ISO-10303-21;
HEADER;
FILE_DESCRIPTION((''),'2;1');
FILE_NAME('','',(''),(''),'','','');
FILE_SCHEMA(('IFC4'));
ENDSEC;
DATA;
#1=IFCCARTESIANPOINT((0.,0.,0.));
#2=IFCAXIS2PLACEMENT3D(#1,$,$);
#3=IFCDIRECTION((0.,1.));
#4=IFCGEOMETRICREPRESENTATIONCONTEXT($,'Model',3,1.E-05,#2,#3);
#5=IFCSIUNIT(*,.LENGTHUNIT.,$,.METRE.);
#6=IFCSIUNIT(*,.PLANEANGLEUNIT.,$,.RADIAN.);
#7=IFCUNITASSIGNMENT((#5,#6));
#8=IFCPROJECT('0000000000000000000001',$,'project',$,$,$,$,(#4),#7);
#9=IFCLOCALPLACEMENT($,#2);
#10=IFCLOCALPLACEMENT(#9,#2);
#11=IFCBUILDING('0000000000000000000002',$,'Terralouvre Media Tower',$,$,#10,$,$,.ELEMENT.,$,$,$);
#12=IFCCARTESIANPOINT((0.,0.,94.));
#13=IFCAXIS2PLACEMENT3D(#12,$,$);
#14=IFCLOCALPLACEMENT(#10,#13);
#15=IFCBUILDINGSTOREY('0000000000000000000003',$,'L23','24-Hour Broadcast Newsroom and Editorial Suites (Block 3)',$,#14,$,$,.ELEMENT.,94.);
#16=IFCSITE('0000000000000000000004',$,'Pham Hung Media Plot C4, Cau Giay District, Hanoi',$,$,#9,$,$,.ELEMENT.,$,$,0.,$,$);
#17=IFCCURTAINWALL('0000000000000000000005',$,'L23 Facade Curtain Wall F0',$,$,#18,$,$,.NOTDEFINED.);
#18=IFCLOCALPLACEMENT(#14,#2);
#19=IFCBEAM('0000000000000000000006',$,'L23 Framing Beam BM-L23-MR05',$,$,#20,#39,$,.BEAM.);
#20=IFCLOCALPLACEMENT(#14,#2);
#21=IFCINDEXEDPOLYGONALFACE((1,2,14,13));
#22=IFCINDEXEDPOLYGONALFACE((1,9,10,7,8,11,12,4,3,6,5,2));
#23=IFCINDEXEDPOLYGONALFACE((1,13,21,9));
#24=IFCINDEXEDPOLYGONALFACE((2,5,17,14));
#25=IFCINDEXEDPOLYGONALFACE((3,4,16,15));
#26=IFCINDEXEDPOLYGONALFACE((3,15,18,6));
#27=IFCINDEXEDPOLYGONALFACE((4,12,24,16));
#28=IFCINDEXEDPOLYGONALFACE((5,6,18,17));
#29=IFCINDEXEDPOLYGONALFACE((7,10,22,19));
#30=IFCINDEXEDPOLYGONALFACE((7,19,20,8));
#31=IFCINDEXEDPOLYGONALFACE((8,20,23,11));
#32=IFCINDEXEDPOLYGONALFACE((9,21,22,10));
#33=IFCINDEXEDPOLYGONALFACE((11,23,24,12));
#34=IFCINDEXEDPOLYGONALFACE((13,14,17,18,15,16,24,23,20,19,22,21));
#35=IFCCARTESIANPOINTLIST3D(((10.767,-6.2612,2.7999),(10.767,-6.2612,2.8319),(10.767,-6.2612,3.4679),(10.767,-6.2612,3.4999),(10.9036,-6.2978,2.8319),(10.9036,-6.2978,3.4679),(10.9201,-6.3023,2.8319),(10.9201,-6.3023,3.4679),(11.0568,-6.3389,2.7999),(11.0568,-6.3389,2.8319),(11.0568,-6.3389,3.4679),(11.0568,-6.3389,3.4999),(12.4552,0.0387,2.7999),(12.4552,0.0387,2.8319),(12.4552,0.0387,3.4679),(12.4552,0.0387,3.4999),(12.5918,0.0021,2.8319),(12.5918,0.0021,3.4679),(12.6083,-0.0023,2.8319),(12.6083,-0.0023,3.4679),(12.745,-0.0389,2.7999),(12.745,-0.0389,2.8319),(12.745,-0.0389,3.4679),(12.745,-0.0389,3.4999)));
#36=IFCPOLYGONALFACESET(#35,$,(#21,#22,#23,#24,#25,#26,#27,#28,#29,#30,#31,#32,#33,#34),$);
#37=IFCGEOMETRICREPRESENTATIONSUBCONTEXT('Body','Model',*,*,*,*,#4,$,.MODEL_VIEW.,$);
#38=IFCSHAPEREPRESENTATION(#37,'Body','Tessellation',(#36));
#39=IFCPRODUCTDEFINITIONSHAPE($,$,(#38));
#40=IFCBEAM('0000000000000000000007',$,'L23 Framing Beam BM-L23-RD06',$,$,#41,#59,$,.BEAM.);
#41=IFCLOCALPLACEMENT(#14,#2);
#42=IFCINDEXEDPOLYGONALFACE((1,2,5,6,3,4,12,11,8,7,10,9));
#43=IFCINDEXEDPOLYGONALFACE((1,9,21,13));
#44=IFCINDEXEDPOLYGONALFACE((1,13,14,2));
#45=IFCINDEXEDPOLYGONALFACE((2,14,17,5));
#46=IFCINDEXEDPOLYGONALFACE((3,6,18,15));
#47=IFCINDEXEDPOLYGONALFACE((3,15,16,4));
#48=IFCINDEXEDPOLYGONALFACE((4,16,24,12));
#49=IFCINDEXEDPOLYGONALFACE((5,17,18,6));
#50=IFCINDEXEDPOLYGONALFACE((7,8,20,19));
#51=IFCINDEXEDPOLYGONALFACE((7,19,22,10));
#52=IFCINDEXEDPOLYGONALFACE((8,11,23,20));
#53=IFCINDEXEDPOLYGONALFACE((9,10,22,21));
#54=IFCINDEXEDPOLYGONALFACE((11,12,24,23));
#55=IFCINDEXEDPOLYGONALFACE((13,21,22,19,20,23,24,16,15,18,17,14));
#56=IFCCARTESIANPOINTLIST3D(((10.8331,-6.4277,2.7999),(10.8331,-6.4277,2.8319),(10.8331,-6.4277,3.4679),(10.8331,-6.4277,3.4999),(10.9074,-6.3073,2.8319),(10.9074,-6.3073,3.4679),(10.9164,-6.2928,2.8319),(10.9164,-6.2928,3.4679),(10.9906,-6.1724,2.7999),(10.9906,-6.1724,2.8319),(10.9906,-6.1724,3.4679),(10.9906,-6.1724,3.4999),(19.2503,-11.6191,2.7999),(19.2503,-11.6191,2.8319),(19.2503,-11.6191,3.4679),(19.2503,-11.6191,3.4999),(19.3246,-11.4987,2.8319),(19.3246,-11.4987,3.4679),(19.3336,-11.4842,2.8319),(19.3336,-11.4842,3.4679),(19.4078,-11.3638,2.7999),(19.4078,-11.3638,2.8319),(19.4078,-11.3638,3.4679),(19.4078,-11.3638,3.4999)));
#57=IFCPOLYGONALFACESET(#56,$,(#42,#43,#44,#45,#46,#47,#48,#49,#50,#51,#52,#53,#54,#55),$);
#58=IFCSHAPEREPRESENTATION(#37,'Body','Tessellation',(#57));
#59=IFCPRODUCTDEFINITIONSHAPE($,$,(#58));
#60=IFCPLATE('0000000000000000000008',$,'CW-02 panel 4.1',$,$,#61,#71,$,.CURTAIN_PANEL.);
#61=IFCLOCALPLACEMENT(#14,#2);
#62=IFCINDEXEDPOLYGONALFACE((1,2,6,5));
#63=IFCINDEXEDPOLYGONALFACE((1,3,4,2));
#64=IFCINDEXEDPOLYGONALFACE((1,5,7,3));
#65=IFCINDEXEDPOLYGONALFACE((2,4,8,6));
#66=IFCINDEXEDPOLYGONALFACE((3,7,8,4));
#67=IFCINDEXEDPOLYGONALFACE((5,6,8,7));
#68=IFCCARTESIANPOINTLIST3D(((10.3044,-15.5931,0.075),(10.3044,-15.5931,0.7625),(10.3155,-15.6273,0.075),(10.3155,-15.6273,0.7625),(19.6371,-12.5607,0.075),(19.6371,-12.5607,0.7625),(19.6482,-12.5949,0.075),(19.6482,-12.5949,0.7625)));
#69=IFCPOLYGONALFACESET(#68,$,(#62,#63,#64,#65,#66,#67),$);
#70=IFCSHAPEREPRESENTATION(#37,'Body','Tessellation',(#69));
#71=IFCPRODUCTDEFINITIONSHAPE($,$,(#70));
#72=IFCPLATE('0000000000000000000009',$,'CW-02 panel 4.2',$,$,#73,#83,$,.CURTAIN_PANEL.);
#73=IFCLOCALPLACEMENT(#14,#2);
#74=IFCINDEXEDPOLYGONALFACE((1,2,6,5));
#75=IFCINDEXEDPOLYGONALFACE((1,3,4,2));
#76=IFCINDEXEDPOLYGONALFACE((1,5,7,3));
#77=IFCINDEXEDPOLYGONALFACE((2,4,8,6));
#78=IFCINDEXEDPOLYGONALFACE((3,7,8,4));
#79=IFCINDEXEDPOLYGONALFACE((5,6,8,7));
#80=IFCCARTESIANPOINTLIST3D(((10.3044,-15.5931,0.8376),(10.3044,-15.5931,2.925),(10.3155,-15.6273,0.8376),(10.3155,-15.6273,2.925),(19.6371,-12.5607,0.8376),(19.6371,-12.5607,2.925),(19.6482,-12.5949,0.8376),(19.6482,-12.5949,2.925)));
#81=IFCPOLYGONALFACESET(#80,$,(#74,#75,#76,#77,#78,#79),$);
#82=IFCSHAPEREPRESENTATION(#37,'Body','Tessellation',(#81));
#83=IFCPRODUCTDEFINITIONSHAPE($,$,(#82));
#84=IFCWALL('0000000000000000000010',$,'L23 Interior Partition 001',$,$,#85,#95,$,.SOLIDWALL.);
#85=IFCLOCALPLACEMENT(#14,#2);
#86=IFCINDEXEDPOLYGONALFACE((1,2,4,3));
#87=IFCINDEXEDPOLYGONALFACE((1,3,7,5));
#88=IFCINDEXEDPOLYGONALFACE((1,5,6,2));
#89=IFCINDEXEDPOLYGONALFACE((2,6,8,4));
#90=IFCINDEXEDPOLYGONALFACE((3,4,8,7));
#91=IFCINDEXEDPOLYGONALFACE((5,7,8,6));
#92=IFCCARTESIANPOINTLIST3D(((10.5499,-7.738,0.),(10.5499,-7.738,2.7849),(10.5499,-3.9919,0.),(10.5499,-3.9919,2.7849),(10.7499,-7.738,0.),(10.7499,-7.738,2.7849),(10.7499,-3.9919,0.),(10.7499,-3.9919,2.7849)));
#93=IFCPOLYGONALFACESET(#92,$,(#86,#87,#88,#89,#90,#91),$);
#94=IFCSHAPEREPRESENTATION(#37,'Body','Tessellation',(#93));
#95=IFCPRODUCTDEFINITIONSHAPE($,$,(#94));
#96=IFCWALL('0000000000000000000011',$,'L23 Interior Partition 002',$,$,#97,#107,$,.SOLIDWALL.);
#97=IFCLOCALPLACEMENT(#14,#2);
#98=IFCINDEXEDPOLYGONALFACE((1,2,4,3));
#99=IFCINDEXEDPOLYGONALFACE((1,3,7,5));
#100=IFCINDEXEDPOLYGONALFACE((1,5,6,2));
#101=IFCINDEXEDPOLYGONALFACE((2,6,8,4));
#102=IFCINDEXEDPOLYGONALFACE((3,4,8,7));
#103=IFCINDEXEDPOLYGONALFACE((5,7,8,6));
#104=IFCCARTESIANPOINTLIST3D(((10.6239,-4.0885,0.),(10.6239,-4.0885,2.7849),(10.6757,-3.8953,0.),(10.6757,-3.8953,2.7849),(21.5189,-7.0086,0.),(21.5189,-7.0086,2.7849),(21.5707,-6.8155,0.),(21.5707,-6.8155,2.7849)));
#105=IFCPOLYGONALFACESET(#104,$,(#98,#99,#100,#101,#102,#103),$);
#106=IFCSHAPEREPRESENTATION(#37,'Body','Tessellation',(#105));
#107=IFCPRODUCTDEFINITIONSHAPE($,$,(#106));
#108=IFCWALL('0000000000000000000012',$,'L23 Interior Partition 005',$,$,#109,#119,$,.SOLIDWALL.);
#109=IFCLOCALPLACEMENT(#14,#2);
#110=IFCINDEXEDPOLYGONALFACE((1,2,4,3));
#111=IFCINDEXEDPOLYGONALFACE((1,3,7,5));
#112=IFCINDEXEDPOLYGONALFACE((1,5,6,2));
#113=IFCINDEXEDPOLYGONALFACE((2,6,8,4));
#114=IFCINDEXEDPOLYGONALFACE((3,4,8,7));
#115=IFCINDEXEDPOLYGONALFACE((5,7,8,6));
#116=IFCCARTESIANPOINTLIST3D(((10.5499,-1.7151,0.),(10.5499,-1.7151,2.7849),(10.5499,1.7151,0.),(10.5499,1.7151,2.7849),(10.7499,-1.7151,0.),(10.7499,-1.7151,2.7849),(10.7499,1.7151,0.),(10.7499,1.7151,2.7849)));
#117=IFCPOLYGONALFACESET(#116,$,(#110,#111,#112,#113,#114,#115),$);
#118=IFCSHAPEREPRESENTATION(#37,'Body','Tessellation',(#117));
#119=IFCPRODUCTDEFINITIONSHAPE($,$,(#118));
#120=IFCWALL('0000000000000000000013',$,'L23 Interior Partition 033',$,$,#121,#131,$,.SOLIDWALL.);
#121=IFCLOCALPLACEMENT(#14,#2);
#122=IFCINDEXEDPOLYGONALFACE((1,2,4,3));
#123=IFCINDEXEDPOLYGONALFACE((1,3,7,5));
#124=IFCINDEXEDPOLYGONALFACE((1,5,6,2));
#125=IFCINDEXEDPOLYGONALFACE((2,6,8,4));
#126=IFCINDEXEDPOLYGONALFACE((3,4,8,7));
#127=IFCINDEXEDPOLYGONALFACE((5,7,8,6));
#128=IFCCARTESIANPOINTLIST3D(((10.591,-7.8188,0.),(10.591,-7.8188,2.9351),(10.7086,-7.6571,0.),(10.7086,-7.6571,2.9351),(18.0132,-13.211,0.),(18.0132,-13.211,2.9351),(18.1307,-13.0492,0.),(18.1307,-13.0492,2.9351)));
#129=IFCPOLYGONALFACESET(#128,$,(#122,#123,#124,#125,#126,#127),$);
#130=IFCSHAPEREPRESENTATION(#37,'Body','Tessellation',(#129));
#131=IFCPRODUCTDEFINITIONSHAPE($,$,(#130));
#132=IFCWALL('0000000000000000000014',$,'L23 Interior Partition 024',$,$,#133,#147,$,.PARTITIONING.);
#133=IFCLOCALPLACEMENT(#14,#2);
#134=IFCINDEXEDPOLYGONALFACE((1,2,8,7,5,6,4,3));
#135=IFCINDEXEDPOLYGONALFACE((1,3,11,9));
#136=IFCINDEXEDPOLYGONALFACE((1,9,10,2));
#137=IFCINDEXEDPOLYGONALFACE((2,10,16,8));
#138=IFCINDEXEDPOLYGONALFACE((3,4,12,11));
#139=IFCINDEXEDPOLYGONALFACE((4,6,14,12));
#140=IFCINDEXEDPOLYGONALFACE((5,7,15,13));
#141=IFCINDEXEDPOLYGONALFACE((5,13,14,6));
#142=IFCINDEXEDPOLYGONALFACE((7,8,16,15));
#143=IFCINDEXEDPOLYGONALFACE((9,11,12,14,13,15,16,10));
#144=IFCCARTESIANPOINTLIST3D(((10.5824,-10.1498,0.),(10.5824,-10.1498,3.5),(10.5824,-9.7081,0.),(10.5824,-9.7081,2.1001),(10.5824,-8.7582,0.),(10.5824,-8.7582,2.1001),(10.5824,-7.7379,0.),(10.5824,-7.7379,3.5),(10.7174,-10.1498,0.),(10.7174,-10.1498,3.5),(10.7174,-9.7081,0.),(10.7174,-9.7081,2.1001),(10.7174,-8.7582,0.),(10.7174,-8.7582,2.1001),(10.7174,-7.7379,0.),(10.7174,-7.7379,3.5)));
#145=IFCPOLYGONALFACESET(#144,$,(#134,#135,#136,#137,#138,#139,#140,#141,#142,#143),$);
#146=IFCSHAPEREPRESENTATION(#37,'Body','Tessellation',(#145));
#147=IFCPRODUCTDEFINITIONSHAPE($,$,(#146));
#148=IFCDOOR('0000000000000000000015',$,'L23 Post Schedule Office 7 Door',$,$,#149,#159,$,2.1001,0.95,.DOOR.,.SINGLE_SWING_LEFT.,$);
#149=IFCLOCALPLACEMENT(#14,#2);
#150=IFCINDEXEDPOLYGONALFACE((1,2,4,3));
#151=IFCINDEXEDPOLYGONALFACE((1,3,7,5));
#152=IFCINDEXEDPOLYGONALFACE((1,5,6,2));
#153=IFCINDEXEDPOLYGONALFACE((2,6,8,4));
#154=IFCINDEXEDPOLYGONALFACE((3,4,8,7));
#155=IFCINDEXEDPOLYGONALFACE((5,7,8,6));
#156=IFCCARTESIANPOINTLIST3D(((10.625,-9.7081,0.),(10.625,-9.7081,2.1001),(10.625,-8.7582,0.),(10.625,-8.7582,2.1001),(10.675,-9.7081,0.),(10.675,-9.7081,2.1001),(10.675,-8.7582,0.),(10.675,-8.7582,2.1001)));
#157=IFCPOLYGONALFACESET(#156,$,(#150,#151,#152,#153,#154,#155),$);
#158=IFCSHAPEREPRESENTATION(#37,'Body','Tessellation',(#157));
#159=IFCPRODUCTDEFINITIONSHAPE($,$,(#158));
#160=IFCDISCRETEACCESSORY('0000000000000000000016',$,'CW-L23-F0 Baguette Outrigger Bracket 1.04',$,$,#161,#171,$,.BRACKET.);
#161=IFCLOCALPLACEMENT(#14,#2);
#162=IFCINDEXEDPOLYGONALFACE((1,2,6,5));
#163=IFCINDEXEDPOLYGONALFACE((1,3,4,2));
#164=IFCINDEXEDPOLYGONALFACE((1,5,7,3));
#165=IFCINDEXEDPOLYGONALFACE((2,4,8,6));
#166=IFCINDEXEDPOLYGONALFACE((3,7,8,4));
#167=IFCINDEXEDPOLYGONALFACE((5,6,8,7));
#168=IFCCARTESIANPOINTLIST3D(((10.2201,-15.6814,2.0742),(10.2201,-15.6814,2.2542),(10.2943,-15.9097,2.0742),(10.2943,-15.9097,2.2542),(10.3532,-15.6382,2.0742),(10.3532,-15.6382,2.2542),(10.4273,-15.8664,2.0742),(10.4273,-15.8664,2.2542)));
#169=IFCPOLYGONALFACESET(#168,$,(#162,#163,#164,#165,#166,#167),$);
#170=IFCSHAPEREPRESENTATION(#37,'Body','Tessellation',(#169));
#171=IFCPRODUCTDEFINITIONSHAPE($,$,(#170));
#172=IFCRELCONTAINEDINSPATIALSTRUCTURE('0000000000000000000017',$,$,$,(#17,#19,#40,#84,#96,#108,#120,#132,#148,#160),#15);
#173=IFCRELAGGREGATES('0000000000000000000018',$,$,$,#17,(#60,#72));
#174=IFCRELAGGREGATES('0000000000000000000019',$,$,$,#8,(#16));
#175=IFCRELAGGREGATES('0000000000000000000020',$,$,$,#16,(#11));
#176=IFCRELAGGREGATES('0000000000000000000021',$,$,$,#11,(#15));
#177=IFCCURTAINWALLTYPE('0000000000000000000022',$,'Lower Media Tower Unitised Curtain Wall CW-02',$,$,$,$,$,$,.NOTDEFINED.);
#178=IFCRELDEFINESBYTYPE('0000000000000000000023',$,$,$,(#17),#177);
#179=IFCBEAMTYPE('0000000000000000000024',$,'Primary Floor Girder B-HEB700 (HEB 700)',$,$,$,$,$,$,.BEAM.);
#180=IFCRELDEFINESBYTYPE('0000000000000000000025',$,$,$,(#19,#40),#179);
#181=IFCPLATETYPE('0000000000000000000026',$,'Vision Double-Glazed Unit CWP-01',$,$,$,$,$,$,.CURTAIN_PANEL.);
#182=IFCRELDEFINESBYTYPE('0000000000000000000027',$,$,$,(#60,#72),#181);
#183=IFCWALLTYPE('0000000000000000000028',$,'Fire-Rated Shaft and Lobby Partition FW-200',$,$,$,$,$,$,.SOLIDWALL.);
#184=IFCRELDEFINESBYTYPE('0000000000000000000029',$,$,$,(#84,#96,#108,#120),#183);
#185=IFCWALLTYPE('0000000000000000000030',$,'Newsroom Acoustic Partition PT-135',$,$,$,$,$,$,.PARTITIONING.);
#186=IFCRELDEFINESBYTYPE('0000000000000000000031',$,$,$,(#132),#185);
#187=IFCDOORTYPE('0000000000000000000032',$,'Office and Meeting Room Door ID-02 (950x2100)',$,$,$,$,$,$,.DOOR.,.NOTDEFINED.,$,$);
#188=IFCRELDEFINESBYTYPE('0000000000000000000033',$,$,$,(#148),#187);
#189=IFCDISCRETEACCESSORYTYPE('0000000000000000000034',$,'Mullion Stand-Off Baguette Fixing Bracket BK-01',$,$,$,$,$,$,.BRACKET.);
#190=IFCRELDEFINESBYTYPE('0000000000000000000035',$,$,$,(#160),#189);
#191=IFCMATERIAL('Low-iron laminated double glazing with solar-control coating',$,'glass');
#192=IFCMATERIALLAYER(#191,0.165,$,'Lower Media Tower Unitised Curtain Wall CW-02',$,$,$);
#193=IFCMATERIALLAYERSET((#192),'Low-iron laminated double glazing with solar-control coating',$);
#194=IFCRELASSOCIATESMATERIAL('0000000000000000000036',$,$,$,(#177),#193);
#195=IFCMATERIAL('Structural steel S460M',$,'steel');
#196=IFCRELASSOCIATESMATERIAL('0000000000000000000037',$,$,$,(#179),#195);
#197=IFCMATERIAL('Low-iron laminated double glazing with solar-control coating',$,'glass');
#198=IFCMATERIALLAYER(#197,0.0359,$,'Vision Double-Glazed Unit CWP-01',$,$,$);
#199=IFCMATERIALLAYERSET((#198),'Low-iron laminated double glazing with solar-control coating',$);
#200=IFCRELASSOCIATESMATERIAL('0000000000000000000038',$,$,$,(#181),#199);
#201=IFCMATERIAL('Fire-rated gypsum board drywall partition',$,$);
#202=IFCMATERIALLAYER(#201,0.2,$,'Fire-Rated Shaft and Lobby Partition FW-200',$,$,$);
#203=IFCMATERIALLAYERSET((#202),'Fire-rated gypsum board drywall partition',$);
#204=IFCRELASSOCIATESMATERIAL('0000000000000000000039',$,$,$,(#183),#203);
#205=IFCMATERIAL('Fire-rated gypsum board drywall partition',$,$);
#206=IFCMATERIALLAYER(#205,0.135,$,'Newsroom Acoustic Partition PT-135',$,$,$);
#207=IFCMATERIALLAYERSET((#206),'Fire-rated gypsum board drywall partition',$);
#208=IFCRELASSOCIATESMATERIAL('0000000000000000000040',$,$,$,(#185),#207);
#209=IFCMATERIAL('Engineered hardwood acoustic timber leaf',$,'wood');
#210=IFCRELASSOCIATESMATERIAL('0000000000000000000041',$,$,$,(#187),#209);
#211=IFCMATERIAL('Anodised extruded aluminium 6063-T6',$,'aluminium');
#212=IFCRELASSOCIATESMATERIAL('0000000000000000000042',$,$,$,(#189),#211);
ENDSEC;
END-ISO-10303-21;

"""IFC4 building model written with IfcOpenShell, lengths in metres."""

from ifc_helpers import new_model, si_unit, direction, frame, frame_2d, origin, origin_2d, place, context, subcontext, project, spatial, rectangle, i_section, extrude, material, layer, layer_set, material_profile, profile_set, type_object, element, fill, aggregate, save


model = new_model("IFC4")

# Units and contexts
model_context = context("Model", 3, precision=1e-05, world=origin(), true_north=direction((0.0, 1.0)))
body_context = subcontext(model_context, "Body", "Model", "MODEL_VIEW")
ifc_project = project(units=[si_unit("LENGTHUNIT", "METRE"), si_unit("PLANEANGLEUNIT", "RADIAN")], contexts=[model_context])

# Site, building, storey
site_placement = place(None, origin())
site = spatial("IfcSite", under=ifc_project, at=site_placement, Name="Pham Hung Media Plot C4, Cau Giay District, Hanoi", CompositionType="ELEMENT", RefElevation=0.0)
building_placement = place(site_placement, origin())
building = spatial("IfcBuilding", under=site, at=building_placement, Name="Terralouvre Media Tower", CompositionType="ELEMENT")
storey_placement = place(building_placement, frame((0.0, 0.0, 94.0)))
storey = spatial("IfcBuildingStorey", under=building, at=storey_placement, Name="L23", Description="24-Hour Broadcast Newsroom and Editorial Suites (Block 3)", CompositionType="ELEMENT", Elevation=94.0)

# Curtain wall
ifc_material_1 = material(Name="Low-iron laminated double glazing with solar-control coating", Category="glass")
ifc_layer_1 = layer(ifc_material_1, 0.165, Name="Lower Media Tower Unitised Curtain Wall CW-02")
ifc_layer_set_1 = layer_set([ifc_layer_1], Name="Low-iron laminated double glazing with solar-control coating")
curtain_wall_type = type_object("IfcCurtainWallType", Name="Lower Media Tower Unitised Curtain Wall CW-02", PredefinedType="NOTDEFINED", material=ifc_layer_set_1)
curtain_wall_placement = place(storey_placement, origin())
curtain_wall = element("IfcCurtainWall", 1, at=curtain_wall_placement, inside=storey, type_object=curtain_wall_type, Name="L23 Facade Curtain Wall F0", PredefinedType="NOTDEFINED")

# Beams
ifc_material_2 = material(Name="Structural steel S460M", Category="steel")
ifc_material_profile_1 = material_profile(ifc_material_2, i_section(OverallWidth=0.3, OverallDepth=0.7, WebThickness=0.0171, FlangeThickness=0.032, at=origin_2d()), Name="HEB 700")
ifc_profile_set_1 = profile_set([ifc_material_profile_1], Name="Structural steel S460M")
beam_type_1 = type_object("IfcBeamType", Name="Primary Floor Girder B-HEB700 (HEB 700)", PredefinedType="BEAM", material=ifc_profile_set_1)
beam_1_placement = place(storey_placement, frame((10.9119, -6.3, 3.1499), z_axis=(0.258839, 0.96592, 0.0), x_axis=(-0.96592, 0.258839, 0.0)))
element("IfcBeam", 2, at=beam_1_placement, inside=storey, type_object=beam_type_1, Name="L23 Framing Beam BM-L23-MR05", PredefinedType="BEAM", context=body_context, shape_type="SweptSolid", body=[
    extrude(i_section(OverallWidth=0.3, OverallDepth=0.7, WebThickness=0.0171, FlangeThickness=0.032, at=origin_2d()), origin(), (0.0, 0.0, 1.0), 6.5222),
])
beam_2_placement = place(storey_placement, frame((10.9119, -6.3, 3.1499), z_axis=(0.851136, -0.524946, 0.0), x_axis=(0.524946, 0.851136, 0.0)))
element("IfcBeam", 3, at=beam_2_placement, inside=storey, type_object=beam_type_1, Name="L23 Framing Beam BM-L23-RD06", PredefinedType="BEAM", context=body_context, shape_type="SweptSolid", body=[
    extrude(i_section(OverallWidth=0.3, OverallDepth=0.7, WebThickness=0.0171, FlangeThickness=0.032, at=origin_2d()), origin(), (0.0, 0.0, 1.0), 9.8894),
])

# Plates
ifc_material_3 = material(Name="Low-iron laminated double glazing with solar-control coating", Category="glass")
ifc_layer_2 = layer(ifc_material_3, 0.0359, Name="Vision Double-Glazed Unit CWP-01")
ifc_layer_set_2 = layer_set([ifc_layer_2], Name="Low-iron laminated double glazing with solar-control coating")
plate_type = type_object("IfcPlateType", Name="Vision Double-Glazed Unit CWP-01", PredefinedType="CURTAIN_PANEL", material=ifc_layer_set_2)
plate_1_placement = place(storey_placement, frame((14.9763, -14.094, 0.075), z_axis=(0.0, 0.0, 1.0), x_axis=(0.951057, 0.309017, 0.0)))
plate_1 = element("IfcPlate", 4, at=plate_1_placement, type_object=plate_type, Name="CW-02 panel 4.1", PredefinedType="CURTAIN_PANEL", context=body_context, shape_type="SweptSolid", body=[
    extrude(rectangle(XDim=9.813, YDim=0.0359, at=origin_2d()), origin(), (0.0, 0.0, 1.0), 0.6875),
])
plate_2_placement = place(storey_placement, frame((14.9763, -14.094, 0.8376), z_axis=(0.0, 0.0, 1.0), x_axis=(0.951057, 0.309017, 0.0)))
plate_2 = element("IfcPlate", 5, at=plate_2_placement, type_object=plate_type, Name="CW-02 panel 4.2", PredefinedType="CURTAIN_PANEL", context=body_context, shape_type="SweptSolid", body=[
    extrude(rectangle(XDim=9.813, YDim=0.0359, at=origin_2d()), origin(), (0.0, 0.0, 1.0), 2.0874),
])
aggregate(curtain_wall, [plate_1, plate_2])

# Walls
ifc_material_4 = material(Name="Fire-rated gypsum board drywall partition")
ifc_layer_3 = layer(ifc_material_4, 0.2, Name="Fire-Rated Shaft and Lobby Partition FW-200")
ifc_layer_set_3 = layer_set([ifc_layer_3], Name="Fire-rated gypsum board drywall partition")
wall_type_1 = type_object("IfcWallType", Name="Fire-Rated Shaft and Lobby Partition FW-200", PredefinedType="SOLIDWALL", material=ifc_layer_set_3)
wall_1_placement = place(storey_placement, frame((10.6499, -7.738, 0.0), z_axis=(0.0, 0.0, 1.0), x_axis=(0.0, 1.0, 0.0)))
element("IfcWall", 6, at=wall_1_placement, inside=storey, type_object=wall_type_1, Name="L23 Interior Partition 001", PredefinedType="SOLIDWALL", context=body_context, shape_type="SweptSolid", body=[
    extrude(rectangle(XDim=3.7461, YDim=0.2, at=frame_2d((1.873, 0.0))), origin(), (0.0, 0.0, 1.0), 2.7849),
])
wall_2_placement = place(storey_placement, frame((10.6499, -3.9919, 0.0), z_axis=(0.0, 0.0, 1.0), x_axis=(0.965907, -0.25889, 0.0)))
element("IfcWall", 7, at=wall_2_placement, inside=storey, type_object=wall_type_1, Name="L23 Interior Partition 002", PredefinedType="SOLIDWALL", context=body_context, shape_type="SweptSolid", body=[
    extrude(rectangle(XDim=11.2795, YDim=0.2, at=frame_2d((5.6396, 0.0))), origin(), (0.0, 0.0, 1.0), 2.7849),
])
wall_3_placement = place(storey_placement, frame((10.6499, -1.7151, 0.0), z_axis=(0.0, 0.0, 1.0), x_axis=(0.0, 1.0, 0.0)))
element("IfcWall", 8, at=wall_3_placement, inside=storey, type_object=wall_type_1, Name="L23 Interior Partition 005", PredefinedType="SOLIDWALL", context=body_context, shape_type="SweptSolid", body=[
    extrude(rectangle(XDim=3.4302, YDim=0.2, at=frame_2d((1.7151, 0.0))), origin(), (0.0, 0.0, 1.0), 2.7849),
])
wall_4_placement = place(storey_placement, frame((10.6499, -7.738, 0.0), z_axis=(0.0, 0.0, 1.0), x_axis=(0.809037, -0.587757, 0.0)))
element("IfcWall", 9, at=wall_4_placement, inside=storey, type_object=wall_type_1, Name="L23 Interior Partition 033", PredefinedType="SOLIDWALL", context=body_context, shape_type="SweptSolid", body=[
    extrude(rectangle(XDim=9.1741, YDim=0.2, at=frame_2d((4.5869, 0.0))), origin(), (0.0, 0.0, 1.0), 2.9351),
])

# Wall, opening, door
ifc_material_5 = material(Name="Fire-rated gypsum board drywall partition")
ifc_layer_4 = layer(ifc_material_5, 0.135, Name="Newsroom Acoustic Partition PT-135")
ifc_layer_set_4 = layer_set([ifc_layer_4], Name="Fire-rated gypsum board drywall partition")
wall_type_2 = type_object("IfcWallType", Name="Newsroom Acoustic Partition PT-135", PredefinedType="PARTITIONING", material=ifc_layer_set_4)
wall_5_placement = place(storey_placement, frame((10.6499, -10.1499, 0.0), z_axis=(0.0, 0.0, 1.0), x_axis=(0.0, 1.0, 0.0)))
wall_5 = element("IfcWall", 10, at=wall_5_placement, inside=storey, type_object=wall_type_2, Name="L23 Interior Partition 024", PredefinedType="PARTITIONING", context=body_context, shape_type="SweptSolid", body=[
    extrude(rectangle(XDim=2.4119, YDim=0.135, at=frame_2d((1.2061, 0.0))), origin(), (0.0, 0.0, 1.0), 3.5),
])
opening_placement = place(wall_5_placement, frame((0.4417, 0.0, 0.0)))
opening = element("IfcOpeningElement", 11, at=opening_placement, cuts=wall_5, PredefinedType="OPENING", context=body_context, shape_type="SweptSolid", body=[
    extrude(rectangle(XDim=0.95, YDim=2.1001, at=frame_2d((0.4751, 1.05))), frame((0.0, 0.0774, 0.0), z_axis=(0.0, -1.0, 0.0), x_axis=(1.0, 0.0, 0.0)), (0.0, 0.0, 1.0), 0.155),
])
ifc_material_6 = material(Name="Engineered hardwood acoustic timber leaf", Category="wood")
door_type = type_object("IfcDoorType", Name="Office and Meeting Room Door ID-02 (950x2100)", OperationType="NOTDEFINED", PredefinedType="DOOR", material=ifc_material_6)
door_placement = place(opening_placement, origin())
door = element("IfcDoor", 12, at=door_placement, inside=storey, type_object=door_type, Name="L23 Post Schedule Office 7 Door", OperationType="SINGLE_SWING_LEFT", OverallHeight=2.1001, OverallWidth=0.95, PredefinedType="DOOR", context=body_context, shape_type="SweptSolid", body=[
    extrude(rectangle(XDim=0.95, YDim=2.1001, at=frame_2d((0.4751, 1.05))), frame((0.0, 0.0249, 0.0), z_axis=(0.0, -1.0, 0.0), x_axis=(1.0, 0.0, 0.0)), (0.0, 0.0, 1.0), 0.05),
])
fill(opening, door)

# Discrete accessory
ifc_material_7 = material(Name="Anodised extruded aluminium 6063-T6", Category="aluminium")
discrete_accessory_type = type_object("IfcDiscreteAccessoryType", Name="Mullion Stand-Off Baguette Fixing Bracket BK-01", PredefinedType="BRACKET", material=ifc_material_7)
discrete_accessory_placement = place(storey_placement, frame((10.3237, -15.7739, 2.0742), z_axis=(0.0, 0.0, 1.0), x_axis=(0.951057, 0.309017, 0.0)))
element("IfcDiscreteAccessory", 13, at=discrete_accessory_placement, inside=storey, type_object=discrete_accessory_type, Name="CW-L23-F0 Baguette Outrigger Bracket 1.04", PredefinedType="BRACKET", context=body_context, shape_type="SweptSolid", body=[
    extrude(rectangle(XDim=0.1399, YDim=0.24, at=origin_2d()), origin(), (0.0, 0.0, 1.0), 0.1799),
])

save(model, "model.ifc")
